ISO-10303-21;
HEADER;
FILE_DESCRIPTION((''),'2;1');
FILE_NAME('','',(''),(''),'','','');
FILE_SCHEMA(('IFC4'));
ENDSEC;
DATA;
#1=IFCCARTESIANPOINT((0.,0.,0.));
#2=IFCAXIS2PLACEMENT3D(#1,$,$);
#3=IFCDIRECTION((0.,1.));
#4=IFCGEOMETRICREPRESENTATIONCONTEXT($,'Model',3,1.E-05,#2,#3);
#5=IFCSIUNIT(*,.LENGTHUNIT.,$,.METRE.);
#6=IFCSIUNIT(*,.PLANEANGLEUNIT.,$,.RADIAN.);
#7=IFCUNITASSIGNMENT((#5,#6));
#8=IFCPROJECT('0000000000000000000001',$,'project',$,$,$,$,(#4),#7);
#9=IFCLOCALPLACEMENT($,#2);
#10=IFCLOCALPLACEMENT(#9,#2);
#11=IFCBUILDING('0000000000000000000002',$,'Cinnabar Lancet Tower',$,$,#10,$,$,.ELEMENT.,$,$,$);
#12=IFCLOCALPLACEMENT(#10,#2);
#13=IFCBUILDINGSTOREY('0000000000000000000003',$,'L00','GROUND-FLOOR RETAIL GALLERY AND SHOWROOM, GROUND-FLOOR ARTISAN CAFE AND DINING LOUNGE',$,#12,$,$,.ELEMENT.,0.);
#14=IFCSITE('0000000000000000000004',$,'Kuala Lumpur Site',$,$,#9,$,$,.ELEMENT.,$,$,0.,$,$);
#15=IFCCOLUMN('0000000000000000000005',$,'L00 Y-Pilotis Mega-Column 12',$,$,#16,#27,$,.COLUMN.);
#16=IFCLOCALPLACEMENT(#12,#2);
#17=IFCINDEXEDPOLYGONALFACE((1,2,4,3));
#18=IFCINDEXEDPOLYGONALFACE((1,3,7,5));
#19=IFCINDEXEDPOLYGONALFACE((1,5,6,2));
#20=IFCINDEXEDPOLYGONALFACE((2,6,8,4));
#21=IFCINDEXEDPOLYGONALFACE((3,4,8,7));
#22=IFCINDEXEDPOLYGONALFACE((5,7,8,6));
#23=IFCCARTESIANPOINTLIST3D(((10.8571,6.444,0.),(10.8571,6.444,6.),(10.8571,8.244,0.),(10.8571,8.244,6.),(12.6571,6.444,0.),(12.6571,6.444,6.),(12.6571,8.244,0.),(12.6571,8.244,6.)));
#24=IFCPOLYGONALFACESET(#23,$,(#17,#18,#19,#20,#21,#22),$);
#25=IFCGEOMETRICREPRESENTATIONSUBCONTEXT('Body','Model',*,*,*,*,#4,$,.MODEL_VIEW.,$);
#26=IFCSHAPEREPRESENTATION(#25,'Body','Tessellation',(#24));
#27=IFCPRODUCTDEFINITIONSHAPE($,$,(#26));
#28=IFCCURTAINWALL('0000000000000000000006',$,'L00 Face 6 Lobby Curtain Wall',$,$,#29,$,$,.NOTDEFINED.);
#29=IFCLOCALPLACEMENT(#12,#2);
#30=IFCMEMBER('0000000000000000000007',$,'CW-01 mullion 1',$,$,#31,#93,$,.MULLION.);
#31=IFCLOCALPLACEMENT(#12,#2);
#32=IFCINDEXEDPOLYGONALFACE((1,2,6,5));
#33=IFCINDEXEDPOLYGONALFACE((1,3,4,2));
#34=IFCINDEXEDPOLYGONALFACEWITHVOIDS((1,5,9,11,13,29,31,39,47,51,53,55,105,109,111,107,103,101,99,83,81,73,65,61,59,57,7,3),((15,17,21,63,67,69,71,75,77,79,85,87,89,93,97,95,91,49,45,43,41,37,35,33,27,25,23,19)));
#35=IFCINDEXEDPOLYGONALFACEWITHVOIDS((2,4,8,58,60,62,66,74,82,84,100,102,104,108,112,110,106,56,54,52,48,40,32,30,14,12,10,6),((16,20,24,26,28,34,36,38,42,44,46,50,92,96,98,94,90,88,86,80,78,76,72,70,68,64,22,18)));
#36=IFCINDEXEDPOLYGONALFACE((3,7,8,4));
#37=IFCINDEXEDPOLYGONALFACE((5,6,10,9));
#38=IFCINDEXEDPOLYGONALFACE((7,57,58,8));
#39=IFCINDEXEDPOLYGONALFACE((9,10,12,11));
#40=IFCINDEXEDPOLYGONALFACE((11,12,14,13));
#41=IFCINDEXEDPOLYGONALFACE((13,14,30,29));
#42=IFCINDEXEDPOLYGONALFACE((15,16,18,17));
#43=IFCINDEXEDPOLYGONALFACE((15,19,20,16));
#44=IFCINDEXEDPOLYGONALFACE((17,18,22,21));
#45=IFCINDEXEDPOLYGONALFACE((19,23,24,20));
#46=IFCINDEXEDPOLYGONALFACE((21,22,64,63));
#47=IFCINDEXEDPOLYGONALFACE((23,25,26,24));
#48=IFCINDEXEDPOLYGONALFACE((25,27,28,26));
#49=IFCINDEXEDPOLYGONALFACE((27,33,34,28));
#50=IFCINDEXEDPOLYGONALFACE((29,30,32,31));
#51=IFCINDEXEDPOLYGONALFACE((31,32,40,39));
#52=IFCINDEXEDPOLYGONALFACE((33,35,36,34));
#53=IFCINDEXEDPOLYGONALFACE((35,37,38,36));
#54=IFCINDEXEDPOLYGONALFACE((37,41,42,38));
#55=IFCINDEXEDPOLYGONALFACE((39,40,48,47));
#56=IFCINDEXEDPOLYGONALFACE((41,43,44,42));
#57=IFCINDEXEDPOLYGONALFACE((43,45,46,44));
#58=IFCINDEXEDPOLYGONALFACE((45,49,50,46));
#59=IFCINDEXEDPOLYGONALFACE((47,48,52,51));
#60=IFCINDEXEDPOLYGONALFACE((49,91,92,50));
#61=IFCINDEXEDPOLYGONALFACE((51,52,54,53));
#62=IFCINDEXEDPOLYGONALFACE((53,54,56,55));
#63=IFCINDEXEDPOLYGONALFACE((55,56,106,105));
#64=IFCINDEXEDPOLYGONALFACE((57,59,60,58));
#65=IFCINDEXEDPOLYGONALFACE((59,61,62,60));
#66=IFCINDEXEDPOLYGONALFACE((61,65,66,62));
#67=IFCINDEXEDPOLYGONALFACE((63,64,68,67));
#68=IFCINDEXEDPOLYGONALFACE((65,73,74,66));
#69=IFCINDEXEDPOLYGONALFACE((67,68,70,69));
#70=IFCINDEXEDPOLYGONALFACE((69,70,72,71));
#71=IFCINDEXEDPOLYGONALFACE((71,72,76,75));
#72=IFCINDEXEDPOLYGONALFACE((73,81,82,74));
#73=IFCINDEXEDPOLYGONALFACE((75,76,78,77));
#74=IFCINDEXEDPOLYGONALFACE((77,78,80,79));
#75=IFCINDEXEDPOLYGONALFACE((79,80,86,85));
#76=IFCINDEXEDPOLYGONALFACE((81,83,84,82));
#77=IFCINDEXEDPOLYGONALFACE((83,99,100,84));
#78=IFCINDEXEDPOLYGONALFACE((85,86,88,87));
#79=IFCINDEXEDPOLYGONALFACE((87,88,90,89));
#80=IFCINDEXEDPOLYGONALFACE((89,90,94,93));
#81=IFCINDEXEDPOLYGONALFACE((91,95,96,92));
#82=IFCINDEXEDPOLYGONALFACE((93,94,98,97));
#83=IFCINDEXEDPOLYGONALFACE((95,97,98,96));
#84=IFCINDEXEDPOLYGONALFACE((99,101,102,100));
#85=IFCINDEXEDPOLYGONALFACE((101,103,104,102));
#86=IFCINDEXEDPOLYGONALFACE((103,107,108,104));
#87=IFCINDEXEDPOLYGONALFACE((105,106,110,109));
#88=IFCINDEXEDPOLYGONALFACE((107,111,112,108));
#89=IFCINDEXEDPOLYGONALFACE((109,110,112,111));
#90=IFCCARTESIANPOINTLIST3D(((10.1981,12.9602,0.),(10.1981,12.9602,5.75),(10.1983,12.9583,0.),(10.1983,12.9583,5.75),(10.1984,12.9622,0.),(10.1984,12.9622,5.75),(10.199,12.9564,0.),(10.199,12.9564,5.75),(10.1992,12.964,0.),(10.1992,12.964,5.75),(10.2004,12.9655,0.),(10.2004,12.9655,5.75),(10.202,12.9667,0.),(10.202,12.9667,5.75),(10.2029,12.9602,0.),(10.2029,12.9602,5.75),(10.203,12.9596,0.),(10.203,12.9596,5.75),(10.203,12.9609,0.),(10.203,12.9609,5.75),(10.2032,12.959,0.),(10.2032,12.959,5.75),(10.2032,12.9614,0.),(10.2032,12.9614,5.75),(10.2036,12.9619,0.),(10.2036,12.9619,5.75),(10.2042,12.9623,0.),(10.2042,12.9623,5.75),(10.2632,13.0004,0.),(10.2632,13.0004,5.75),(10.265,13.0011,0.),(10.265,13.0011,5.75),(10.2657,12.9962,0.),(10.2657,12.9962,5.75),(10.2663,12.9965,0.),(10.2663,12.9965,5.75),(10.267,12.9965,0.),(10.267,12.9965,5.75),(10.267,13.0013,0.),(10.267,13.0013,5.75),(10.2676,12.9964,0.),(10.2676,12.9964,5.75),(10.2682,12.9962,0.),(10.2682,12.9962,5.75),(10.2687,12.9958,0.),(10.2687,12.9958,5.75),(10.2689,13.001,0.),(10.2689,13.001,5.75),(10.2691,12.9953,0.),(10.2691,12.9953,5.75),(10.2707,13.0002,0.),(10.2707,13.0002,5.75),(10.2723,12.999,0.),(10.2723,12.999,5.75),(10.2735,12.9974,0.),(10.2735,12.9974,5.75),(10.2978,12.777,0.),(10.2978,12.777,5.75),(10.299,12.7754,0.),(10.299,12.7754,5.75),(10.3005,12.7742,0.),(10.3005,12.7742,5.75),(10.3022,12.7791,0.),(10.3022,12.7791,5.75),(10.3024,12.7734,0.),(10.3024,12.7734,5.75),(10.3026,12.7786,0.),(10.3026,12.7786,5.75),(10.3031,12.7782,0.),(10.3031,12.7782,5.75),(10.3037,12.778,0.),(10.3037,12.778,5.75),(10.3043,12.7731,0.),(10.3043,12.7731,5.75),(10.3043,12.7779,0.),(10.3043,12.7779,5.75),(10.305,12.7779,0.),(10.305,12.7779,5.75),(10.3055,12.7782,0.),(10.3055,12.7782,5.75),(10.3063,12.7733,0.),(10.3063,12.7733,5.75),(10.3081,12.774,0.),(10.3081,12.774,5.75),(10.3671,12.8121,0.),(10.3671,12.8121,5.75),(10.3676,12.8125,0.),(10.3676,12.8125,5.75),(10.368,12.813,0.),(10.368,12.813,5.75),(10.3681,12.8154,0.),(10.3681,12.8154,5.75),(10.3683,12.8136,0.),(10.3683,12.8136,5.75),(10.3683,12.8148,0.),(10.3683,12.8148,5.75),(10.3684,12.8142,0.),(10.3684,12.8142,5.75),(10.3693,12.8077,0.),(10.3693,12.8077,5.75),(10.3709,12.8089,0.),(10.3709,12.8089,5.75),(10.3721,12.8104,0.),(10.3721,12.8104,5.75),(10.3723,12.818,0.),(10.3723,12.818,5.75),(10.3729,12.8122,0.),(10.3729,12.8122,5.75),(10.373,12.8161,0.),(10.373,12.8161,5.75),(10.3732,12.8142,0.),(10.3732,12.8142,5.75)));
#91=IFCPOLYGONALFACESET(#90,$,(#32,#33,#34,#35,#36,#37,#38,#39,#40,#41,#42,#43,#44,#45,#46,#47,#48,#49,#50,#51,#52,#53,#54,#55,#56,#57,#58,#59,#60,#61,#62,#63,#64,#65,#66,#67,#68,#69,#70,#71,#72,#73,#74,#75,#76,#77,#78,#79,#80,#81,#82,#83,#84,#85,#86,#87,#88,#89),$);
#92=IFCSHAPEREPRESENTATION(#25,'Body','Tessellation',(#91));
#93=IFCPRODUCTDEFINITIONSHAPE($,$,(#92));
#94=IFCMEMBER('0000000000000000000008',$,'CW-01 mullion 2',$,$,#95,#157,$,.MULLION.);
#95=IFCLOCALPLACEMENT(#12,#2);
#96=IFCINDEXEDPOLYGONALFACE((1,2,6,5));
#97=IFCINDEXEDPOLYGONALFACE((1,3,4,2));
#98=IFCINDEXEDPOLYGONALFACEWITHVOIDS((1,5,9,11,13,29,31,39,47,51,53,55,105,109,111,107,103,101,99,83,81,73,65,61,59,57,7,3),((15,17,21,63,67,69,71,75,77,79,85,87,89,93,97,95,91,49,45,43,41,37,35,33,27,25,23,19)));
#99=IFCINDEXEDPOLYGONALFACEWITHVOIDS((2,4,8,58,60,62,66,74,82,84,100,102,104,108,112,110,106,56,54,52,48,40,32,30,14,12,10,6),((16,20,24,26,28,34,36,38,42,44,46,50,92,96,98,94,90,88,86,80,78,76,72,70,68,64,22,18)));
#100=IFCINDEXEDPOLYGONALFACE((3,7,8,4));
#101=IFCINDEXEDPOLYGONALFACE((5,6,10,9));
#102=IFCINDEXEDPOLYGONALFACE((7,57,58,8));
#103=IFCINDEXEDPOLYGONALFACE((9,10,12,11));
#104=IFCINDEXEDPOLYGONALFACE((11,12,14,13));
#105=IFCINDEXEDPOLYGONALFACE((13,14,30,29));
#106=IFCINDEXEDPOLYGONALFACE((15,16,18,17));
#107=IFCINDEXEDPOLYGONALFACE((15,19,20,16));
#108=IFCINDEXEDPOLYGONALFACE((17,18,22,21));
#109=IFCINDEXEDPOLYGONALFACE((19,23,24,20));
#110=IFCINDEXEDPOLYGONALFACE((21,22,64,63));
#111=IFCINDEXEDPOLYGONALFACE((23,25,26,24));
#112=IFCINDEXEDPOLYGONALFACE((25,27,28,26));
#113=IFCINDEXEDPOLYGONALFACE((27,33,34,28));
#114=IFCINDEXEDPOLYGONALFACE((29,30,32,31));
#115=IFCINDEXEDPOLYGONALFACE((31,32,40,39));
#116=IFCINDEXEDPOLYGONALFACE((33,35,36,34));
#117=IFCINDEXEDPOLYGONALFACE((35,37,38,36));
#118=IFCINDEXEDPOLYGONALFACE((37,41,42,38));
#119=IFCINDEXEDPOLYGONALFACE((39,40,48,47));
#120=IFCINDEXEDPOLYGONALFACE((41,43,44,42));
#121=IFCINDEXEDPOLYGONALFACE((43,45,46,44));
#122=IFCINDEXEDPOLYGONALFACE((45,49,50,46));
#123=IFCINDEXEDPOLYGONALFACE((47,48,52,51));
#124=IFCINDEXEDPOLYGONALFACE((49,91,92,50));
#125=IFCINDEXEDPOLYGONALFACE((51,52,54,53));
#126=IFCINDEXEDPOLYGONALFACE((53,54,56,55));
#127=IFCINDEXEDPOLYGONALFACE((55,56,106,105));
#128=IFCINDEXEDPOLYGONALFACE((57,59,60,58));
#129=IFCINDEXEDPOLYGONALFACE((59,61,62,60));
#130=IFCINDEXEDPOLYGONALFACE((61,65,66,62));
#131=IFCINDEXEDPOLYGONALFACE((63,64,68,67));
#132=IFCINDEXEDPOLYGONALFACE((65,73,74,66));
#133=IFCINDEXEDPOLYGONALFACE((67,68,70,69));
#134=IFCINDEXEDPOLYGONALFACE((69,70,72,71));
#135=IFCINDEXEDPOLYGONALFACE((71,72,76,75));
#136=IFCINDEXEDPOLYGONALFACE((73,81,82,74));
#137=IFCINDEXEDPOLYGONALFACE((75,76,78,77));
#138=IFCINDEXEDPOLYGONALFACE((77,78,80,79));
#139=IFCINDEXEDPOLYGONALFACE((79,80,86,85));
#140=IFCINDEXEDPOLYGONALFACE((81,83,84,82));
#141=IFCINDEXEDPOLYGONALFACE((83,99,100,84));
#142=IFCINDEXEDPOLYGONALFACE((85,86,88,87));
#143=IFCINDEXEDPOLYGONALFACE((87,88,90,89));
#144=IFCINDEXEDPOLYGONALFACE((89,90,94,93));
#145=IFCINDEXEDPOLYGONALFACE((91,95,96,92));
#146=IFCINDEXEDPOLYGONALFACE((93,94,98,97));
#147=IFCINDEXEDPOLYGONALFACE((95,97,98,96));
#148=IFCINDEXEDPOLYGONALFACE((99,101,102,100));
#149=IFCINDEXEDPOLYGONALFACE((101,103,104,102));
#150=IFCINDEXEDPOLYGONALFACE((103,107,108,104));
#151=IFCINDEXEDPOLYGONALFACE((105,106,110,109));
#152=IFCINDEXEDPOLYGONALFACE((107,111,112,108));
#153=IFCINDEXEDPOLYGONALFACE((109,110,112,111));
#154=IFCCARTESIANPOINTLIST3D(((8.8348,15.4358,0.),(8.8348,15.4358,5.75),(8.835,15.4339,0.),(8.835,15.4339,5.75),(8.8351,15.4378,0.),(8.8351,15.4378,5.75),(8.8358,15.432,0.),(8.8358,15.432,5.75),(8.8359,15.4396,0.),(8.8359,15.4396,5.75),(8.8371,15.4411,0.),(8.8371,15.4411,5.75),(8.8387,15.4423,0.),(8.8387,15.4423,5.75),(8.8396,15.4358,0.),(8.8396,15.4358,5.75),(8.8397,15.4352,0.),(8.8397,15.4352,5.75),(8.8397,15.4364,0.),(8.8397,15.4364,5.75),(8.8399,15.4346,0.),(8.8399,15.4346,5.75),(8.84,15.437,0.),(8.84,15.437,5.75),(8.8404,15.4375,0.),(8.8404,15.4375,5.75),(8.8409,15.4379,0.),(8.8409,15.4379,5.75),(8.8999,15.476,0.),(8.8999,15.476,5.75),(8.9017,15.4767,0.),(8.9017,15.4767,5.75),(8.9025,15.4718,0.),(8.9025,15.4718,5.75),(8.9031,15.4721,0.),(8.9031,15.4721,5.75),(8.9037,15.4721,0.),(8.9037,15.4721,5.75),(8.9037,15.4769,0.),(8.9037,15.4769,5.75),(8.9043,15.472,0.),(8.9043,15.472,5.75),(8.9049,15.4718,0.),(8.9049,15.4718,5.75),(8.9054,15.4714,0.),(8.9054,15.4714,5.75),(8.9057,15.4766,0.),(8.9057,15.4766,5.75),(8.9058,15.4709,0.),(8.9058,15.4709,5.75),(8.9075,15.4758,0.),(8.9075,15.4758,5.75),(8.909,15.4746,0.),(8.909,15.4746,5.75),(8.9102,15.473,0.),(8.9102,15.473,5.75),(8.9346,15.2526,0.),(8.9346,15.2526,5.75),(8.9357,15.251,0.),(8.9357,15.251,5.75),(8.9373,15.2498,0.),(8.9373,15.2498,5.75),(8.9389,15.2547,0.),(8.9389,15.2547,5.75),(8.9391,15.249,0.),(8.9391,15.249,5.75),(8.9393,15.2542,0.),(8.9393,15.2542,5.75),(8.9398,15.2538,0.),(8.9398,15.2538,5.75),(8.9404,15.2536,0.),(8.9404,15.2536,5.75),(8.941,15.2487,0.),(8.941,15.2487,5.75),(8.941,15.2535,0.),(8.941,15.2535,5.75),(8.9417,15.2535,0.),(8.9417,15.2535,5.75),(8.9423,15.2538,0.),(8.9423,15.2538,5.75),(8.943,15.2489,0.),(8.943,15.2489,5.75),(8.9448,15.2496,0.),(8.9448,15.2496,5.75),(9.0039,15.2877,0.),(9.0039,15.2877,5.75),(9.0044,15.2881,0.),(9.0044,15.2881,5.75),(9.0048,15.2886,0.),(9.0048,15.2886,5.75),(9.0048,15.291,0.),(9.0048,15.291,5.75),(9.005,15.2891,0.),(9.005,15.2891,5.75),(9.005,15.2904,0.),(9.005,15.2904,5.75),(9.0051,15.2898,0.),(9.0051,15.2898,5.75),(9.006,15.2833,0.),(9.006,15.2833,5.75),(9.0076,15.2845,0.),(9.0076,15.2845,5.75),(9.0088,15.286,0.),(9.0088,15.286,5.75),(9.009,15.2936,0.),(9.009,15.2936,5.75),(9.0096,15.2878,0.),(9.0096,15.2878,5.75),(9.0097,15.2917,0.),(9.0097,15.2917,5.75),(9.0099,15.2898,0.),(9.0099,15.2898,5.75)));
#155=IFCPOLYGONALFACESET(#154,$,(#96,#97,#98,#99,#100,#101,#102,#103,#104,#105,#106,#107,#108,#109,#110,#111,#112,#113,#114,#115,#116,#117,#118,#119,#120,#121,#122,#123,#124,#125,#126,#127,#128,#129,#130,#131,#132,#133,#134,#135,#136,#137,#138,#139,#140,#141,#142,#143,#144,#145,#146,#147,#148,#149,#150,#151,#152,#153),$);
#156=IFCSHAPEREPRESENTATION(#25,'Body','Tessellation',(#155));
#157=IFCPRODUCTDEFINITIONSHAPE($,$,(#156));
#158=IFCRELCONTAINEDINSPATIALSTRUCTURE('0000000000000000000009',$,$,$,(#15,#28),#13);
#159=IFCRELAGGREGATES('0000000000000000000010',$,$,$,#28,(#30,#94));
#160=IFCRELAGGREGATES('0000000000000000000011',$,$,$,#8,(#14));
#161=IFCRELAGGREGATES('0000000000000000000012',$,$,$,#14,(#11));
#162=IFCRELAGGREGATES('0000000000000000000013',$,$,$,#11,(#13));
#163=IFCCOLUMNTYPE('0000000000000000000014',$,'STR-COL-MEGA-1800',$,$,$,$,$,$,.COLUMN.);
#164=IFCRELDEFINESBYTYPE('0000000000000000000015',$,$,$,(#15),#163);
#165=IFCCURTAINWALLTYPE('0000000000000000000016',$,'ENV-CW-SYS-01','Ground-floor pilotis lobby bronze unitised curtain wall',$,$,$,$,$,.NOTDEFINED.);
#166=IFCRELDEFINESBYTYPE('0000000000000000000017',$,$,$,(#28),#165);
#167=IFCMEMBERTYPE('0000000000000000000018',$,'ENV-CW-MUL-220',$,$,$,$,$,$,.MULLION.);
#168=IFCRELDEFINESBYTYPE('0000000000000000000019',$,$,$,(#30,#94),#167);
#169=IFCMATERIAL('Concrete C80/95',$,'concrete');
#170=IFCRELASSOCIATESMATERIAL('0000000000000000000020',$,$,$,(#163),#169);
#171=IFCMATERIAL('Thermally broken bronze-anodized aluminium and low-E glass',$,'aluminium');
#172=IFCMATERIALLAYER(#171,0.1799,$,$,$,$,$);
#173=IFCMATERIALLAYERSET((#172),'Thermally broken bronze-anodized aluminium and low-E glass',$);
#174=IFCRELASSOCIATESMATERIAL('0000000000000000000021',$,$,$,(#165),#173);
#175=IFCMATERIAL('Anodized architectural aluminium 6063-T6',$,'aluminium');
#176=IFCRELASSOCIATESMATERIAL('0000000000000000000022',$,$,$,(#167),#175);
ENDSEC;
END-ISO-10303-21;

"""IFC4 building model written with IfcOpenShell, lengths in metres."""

from ifc_helpers import new_model, si_unit, direction, frame, origin, origin_2d, place, context, subcontext, project, spatial, rectangle, hollow_rectangle, extrude, material, layer, layer_set, material_profile, profile_set, type_object, element, aggregate, save


model = new_model("IFC4")

# Units and contexts
model_context = context("Model", 3, precision=1e-05, world=origin(), true_north=direction((0.0, 1.0)))
body_context = subcontext(model_context, "Body", "Model", "MODEL_VIEW")
ifc_project = project(units=[si_unit("LENGTHUNIT", "METRE"), si_unit("PLANEANGLEUNIT", "RADIAN")], contexts=[model_context])

# Site, building, storey
site_placement = place(None, origin())
site = spatial("IfcSite", under=ifc_project, at=site_placement, Name="Kuala Lumpur Site", CompositionType="ELEMENT", RefElevation=0.0)
building_placement = place(site_placement, origin())
building = spatial("IfcBuilding", under=site, at=building_placement, Name="Cinnabar Lancet Tower", CompositionType="ELEMENT")
storey_placement = place(building_placement, origin())
storey = spatial("IfcBuildingStorey", under=building, at=storey_placement, Name="L00", Description="GROUND-FLOOR RETAIL GALLERY AND SHOWROOM, GROUND-FLOOR ARTISAN CAFE AND DINING LOUNGE", CompositionType="ELEMENT", Elevation=0.0)

# Column
ifc_material_1 = material(Name="Concrete C80/95", Category="concrete")
ifc_material_profile_1 = material_profile(ifc_material_1, rectangle(XDim=1.8, YDim=1.8, at=origin_2d()), Name="RC-MEGA 1800x1800")
ifc_profile_set_1 = profile_set([ifc_material_profile_1], Name="Concrete C80/95")
column_type = type_object("IfcColumnType", Name="STR-COL-MEGA-1800", PredefinedType="COLUMN", material=ifc_profile_set_1)
column_placement = place(storey_placement, frame((11.7571, 7.344, 0.0), z_axis=(0.0, 0.0, 1.0), x_axis=(1.0, 0.0, 0.0)))
element("IfcColumn", 1, at=column_placement, inside=storey, type_object=column_type, Name="L00 Y-Pilotis Mega-Column 12", PredefinedType="COLUMN", context=body_context, shape_type="SweptSolid", body=[
    extrude(rectangle(XDim=1.8, YDim=1.8, at=origin_2d()), origin(), (0.0, 0.0, 1.0), 6.0),
])

# Curtain wall, members
ifc_material_2 = material(Name="Thermally broken bronze-anodized aluminium and low-E glass", Category="aluminium")
ifc_layer_1 = layer(ifc_material_2, 0.1799)
ifc_layer_set_1 = layer_set([ifc_layer_1], Name="Thermally broken bronze-anodized aluminium and low-E glass")
curtain_wall_type = type_object("IfcCurtainWallType", Name="ENV-CW-SYS-01", Description="Ground-floor pilotis lobby bronze unitised curtain wall", PredefinedType="NOTDEFINED", material=ifc_layer_set_1)
curtain_wall_placement = place(storey_placement, origin())
curtain_wall = element("IfcCurtainWall", 2, at=curtain_wall_placement, inside=storey, type_object=curtain_wall_type, Name="L00 Face 6 Lobby Curtain Wall", PredefinedType="NOTDEFINED")
ifc_material_3 = material(Name="Anodized architectural aluminium 6063-T6", Category="aluminium")
ifc_material_profile_2 = material_profile(ifc_material_3, hollow_rectangle(XDim=0.085, YDim=0.22, WallThickness=0.0049, InnerFilletRadius=0.0024, OuterFilletRadius=0.0076, at=origin_2d()), Name="CW-MUL 220x85x5")
ifc_profile_set_2 = profile_set([ifc_material_profile_2], Name="Anodized architectural aluminium 6063-T6")
member_type_1 = type_object("IfcMemberType", Name="ENV-CW-MUL-220", PredefinedType="MULLION", material=ifc_profile_set_2)
member_1_placement = place(storey_placement, frame((10.2856, 12.8872, 0.0), z_axis=(0.0, 0.0, 1.0), x_axis=(-0.875982, -0.482344, 0.0)))
member_1 = element("IfcMember", 3, at=member_1_placement, type_object=member_type_1, Name="CW-01 mullion 1", PredefinedType="MULLION", context=body_context, shape_type="SweptSolid", body=[
    extrude(hollow_rectangle(XDim=0.085, YDim=0.22, WallThickness=0.0049, InnerFilletRadius=0.0024, OuterFilletRadius=0.0076, at=origin_2d()), origin(), (0.0, 0.0, 1.0), 5.75),
])
member_2_placement = place(storey_placement, frame((8.9224, 15.3628, 0.0), z_axis=(0.0, 0.0, 1.0), x_axis=(-0.875982, -0.482344, 0.0)))
member_2 = element("IfcMember", 4, at=member_2_placement, type_object=member_type_1, Name="CW-01 mullion 2", PredefinedType="MULLION", context=body_context, shape_type="SweptSolid", body=[
    extrude(hollow_rectangle(XDim=0.085, YDim=0.22, WallThickness=0.0049, InnerFilletRadius=0.0024, OuterFilletRadius=0.0076, at=origin_2d()), origin(), (0.0, 0.0, 1.0), 5.75),
])

aggregate(curtain_wall, [member_1, member_2])

save(model, "model.ifc")
